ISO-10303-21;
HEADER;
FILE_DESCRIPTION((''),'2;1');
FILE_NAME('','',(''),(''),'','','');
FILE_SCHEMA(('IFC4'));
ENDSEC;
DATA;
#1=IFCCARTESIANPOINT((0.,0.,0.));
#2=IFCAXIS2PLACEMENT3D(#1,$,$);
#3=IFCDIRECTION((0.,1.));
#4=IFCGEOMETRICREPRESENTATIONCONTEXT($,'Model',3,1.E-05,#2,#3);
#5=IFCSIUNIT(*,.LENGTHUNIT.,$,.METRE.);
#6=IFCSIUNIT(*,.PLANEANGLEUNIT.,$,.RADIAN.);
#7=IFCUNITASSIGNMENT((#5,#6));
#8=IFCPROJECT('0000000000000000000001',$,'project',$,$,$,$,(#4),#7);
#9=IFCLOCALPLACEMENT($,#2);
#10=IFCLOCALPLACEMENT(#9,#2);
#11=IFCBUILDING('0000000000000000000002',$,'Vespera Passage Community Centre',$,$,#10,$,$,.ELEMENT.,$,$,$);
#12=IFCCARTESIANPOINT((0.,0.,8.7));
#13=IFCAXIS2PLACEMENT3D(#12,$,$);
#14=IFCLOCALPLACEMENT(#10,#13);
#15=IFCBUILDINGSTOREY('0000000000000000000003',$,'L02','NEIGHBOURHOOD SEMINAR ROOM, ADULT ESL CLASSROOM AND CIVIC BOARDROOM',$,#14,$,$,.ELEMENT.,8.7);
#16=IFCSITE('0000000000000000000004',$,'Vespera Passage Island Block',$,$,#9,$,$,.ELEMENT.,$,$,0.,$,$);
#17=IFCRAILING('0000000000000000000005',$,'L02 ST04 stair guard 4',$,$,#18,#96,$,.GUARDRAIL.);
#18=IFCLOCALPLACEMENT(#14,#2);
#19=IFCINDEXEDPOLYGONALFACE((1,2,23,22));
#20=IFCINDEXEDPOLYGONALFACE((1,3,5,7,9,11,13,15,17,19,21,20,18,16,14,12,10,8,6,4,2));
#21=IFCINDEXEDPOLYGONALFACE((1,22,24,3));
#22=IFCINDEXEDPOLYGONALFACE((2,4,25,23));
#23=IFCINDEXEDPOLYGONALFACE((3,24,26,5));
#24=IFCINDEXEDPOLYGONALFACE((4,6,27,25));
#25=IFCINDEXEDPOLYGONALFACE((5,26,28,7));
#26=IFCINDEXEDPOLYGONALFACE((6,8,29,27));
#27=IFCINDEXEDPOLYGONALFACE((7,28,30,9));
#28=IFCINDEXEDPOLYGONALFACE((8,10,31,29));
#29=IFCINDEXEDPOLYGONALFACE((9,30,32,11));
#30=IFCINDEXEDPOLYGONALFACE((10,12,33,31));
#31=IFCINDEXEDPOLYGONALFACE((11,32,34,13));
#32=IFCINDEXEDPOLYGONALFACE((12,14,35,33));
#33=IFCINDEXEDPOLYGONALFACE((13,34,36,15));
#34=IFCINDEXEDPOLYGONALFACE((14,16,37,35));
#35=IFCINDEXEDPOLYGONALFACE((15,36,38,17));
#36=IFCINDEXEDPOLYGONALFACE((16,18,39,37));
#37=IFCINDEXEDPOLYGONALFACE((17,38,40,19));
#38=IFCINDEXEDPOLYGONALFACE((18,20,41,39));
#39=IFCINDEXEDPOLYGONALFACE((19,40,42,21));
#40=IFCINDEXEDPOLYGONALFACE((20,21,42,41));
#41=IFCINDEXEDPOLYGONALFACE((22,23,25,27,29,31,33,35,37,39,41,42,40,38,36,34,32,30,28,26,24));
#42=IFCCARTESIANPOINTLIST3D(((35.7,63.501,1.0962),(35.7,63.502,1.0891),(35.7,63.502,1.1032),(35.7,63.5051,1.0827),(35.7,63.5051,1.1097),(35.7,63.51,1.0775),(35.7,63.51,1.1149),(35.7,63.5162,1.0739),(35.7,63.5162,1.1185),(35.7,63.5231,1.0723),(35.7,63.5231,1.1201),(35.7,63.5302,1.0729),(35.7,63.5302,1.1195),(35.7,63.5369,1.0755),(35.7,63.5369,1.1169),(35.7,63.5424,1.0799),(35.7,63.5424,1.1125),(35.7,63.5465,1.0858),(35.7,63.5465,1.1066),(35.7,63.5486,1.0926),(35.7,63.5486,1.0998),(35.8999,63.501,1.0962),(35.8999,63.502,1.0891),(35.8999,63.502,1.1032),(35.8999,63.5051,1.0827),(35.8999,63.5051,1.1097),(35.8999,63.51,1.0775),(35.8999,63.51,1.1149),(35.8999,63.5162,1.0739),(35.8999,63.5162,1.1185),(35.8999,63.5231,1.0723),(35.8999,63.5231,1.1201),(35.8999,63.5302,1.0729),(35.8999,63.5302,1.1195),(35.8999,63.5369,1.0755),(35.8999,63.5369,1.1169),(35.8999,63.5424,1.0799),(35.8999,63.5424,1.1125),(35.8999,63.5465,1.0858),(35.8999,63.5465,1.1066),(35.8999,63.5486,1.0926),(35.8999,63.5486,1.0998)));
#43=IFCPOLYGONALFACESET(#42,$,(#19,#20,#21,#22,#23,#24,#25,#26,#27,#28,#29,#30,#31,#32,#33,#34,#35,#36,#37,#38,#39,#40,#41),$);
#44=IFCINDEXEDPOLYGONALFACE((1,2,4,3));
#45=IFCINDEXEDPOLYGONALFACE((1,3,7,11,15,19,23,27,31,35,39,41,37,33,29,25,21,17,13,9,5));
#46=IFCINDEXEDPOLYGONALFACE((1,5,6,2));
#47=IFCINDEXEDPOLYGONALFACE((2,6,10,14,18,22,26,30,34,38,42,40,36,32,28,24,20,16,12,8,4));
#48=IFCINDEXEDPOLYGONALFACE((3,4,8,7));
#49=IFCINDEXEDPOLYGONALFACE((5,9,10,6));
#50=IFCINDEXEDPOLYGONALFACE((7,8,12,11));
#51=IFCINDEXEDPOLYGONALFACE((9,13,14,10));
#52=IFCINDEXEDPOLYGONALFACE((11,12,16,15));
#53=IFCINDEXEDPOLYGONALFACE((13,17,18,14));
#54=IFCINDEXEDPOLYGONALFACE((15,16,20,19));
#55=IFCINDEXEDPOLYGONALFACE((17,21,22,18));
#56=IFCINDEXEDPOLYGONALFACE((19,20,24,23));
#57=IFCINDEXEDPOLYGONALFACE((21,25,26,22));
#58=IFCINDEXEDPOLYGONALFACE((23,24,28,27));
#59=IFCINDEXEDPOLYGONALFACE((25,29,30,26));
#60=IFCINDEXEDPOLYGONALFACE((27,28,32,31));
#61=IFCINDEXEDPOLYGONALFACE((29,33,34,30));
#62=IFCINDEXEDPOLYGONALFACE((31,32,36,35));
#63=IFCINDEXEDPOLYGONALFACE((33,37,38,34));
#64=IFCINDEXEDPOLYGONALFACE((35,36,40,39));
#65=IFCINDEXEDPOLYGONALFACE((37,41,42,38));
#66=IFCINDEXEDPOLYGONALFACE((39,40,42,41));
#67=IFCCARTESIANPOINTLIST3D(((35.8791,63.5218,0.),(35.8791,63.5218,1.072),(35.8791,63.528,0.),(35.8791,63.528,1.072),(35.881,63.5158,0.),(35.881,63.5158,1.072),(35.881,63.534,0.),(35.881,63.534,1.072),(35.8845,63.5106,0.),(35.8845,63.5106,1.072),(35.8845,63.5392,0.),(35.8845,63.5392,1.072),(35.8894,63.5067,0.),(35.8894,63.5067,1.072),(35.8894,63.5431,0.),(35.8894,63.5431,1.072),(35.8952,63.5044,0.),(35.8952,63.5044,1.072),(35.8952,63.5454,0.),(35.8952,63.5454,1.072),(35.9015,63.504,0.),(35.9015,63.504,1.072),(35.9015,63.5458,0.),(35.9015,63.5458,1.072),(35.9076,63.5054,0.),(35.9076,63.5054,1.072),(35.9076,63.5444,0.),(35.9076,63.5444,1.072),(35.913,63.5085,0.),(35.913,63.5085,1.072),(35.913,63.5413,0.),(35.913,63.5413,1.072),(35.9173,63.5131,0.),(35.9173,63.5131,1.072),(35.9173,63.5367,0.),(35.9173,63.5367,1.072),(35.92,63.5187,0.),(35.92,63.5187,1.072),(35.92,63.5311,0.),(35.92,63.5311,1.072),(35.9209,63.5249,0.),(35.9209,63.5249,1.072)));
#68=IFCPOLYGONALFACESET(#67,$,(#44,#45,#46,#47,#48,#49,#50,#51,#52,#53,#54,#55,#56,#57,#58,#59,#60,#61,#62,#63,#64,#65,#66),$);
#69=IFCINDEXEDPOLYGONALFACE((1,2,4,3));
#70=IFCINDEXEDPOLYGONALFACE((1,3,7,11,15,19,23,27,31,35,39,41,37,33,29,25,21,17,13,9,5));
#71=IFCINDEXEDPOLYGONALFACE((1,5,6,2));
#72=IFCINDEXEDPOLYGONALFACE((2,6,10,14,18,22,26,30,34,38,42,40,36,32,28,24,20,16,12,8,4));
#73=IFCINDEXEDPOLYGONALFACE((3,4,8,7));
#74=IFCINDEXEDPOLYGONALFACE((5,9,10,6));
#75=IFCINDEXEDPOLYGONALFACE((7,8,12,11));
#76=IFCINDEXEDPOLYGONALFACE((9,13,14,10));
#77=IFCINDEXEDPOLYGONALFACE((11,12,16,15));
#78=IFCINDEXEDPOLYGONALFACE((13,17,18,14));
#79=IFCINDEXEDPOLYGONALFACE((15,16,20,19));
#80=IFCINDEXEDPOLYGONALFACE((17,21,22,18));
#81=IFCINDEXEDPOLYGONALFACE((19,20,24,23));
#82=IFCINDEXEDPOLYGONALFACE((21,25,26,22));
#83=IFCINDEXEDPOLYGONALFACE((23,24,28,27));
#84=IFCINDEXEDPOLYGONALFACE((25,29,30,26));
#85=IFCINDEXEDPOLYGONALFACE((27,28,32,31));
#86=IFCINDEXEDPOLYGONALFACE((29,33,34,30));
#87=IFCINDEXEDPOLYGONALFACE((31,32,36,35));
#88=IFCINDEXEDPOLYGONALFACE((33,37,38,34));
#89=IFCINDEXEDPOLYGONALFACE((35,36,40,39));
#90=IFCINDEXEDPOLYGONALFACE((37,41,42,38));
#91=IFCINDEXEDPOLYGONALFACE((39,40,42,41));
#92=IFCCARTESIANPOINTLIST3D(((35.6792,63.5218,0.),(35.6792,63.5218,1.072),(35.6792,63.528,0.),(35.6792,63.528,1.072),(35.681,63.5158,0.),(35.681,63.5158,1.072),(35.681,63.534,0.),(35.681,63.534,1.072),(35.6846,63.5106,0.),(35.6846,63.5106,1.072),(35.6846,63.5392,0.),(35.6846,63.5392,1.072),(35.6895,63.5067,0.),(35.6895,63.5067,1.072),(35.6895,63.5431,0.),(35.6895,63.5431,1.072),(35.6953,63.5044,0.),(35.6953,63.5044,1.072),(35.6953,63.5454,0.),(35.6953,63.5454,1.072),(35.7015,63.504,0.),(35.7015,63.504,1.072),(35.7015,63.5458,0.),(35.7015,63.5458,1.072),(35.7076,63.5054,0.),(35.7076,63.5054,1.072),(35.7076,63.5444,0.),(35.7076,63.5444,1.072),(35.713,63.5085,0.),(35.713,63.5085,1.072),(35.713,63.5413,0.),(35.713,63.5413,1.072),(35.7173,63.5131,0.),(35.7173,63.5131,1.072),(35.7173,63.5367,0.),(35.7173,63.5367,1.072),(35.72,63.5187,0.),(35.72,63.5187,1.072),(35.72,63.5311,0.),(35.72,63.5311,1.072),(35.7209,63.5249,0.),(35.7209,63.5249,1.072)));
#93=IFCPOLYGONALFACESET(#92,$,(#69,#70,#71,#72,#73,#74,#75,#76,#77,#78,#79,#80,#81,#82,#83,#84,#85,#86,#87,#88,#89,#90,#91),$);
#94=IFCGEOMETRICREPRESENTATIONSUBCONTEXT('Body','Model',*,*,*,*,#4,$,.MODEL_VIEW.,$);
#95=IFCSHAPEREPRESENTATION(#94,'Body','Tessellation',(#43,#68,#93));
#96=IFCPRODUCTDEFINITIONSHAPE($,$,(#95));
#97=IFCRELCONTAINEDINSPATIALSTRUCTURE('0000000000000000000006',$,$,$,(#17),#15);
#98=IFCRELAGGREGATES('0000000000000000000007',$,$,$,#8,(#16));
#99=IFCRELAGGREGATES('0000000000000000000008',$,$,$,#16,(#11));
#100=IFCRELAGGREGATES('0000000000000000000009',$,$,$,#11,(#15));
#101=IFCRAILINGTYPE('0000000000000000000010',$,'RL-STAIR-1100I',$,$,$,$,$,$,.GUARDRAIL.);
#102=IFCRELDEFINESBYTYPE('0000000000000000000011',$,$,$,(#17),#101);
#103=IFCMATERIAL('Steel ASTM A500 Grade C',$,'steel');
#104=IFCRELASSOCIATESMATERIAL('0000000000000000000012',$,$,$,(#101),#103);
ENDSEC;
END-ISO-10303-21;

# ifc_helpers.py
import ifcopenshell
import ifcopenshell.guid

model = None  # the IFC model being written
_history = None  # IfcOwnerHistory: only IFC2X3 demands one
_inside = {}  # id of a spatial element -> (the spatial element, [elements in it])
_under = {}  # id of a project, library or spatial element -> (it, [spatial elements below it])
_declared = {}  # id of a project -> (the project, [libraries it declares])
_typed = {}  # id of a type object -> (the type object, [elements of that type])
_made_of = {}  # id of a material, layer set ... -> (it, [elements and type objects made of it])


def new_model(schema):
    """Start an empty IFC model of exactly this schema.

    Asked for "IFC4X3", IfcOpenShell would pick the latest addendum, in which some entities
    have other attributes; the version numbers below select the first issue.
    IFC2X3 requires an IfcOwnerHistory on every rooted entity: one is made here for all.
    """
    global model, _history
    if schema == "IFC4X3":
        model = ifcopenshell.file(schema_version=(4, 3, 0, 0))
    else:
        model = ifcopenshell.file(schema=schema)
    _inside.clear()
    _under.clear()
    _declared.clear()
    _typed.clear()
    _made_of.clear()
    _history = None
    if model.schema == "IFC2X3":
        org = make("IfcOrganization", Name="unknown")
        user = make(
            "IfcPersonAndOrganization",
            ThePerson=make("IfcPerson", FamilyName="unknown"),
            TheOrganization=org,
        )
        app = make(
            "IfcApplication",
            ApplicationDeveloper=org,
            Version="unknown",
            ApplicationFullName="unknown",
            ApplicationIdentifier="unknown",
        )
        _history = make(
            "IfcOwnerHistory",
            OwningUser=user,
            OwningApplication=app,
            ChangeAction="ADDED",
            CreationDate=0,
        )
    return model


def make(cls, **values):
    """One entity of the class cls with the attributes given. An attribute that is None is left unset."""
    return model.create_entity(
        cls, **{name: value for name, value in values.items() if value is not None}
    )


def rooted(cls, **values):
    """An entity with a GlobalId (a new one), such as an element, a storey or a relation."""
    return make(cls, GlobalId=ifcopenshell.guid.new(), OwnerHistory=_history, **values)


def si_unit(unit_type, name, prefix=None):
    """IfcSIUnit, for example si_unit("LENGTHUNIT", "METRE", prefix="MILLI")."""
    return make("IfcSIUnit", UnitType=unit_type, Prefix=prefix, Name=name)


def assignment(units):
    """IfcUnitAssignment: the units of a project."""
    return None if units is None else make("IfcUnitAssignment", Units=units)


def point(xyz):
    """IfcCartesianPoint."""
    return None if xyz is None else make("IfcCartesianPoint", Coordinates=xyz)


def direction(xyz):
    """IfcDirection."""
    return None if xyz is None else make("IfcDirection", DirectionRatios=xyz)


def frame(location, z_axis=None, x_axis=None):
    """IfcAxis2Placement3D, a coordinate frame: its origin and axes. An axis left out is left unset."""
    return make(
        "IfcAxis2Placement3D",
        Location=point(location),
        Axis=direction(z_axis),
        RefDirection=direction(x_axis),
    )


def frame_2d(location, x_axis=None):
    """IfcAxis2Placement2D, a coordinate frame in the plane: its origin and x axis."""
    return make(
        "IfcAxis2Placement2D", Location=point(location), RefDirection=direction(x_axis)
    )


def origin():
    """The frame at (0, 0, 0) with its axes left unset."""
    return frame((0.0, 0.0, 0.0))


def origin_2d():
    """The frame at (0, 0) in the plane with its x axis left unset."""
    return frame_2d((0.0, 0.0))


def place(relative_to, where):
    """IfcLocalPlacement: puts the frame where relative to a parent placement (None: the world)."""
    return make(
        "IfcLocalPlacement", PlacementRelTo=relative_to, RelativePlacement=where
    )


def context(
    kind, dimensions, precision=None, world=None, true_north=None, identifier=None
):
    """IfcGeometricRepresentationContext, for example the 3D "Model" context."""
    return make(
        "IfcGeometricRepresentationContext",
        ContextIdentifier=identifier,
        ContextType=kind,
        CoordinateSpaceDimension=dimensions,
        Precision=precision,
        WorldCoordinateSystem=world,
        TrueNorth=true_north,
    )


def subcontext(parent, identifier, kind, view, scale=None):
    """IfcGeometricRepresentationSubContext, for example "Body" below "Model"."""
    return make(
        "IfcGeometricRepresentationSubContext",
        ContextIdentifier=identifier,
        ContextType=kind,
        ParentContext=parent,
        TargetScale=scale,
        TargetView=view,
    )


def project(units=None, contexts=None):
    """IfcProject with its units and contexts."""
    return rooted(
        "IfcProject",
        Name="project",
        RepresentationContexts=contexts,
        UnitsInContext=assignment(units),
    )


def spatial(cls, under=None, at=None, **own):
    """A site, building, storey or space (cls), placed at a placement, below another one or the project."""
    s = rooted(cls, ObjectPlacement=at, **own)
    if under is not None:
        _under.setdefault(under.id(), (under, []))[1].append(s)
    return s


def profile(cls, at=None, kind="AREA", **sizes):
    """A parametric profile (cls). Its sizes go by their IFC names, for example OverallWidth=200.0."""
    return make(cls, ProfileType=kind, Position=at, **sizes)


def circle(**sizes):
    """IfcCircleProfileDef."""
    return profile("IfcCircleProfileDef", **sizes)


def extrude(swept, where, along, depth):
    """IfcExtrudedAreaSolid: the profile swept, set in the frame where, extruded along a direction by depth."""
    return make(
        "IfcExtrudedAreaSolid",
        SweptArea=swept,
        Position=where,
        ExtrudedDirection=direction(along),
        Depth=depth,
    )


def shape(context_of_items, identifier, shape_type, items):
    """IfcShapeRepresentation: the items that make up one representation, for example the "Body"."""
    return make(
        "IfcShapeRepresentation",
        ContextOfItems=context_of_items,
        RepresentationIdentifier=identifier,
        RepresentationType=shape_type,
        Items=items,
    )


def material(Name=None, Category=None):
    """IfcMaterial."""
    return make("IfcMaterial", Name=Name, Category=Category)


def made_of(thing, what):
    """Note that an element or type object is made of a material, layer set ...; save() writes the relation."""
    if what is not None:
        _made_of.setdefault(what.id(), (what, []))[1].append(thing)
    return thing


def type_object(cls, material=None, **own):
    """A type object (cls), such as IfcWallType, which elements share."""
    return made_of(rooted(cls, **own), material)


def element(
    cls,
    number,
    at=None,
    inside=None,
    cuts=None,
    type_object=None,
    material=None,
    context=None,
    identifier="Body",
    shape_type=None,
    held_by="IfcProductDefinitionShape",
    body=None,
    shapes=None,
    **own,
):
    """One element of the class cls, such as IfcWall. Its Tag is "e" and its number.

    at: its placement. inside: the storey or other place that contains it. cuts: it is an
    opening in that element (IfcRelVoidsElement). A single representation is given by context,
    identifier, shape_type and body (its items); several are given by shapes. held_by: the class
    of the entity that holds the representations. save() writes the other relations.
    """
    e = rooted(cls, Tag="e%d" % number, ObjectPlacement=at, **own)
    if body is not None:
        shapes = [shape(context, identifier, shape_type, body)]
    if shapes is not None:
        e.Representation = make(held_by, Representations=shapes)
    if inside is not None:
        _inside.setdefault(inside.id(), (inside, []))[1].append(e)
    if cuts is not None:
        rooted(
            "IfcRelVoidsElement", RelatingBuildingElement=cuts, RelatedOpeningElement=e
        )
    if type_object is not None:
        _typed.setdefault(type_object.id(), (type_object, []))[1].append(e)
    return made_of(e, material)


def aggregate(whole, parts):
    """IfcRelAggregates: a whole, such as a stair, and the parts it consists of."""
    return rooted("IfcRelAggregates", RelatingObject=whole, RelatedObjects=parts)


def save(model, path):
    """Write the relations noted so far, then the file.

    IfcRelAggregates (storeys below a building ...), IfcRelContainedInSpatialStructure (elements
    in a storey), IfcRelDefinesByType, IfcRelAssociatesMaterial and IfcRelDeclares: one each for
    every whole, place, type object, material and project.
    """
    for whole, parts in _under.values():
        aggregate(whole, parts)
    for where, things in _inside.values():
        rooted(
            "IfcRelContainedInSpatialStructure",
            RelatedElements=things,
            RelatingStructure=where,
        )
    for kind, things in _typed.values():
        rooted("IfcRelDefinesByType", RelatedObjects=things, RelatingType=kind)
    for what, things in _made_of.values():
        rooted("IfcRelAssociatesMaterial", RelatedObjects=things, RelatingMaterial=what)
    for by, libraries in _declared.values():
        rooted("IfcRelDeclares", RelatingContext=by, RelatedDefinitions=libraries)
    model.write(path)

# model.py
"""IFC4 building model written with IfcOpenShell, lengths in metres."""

from ifc_helpers import new_model, si_unit, direction, frame, origin, origin_2d, place, context, subcontext, project, spatial, circle, extrude, material, type_object, element, save


model = new_model("IFC4")

# Units and contexts
model_context = context("Model", 3, precision=1e-05, world=origin(), true_north=direction((0.0, 1.0)))
body_context = subcontext(model_context, "Body", "Model", "MODEL_VIEW")
ifc_project = project(units=[si_unit("LENGTHUNIT", "METRE"), si_unit("PLANEANGLEUNIT", "RADIAN")], contexts=[model_context])

# Site, building, storey
site_placement = place(None, origin())
site = spatial("IfcSite", under=ifc_project, at=site_placement, Name="Vespera Passage Island Block", CompositionType="ELEMENT", RefElevation=0.0)
building_placement = place(site_placement, origin())
building = spatial("IfcBuilding", under=site, at=building_placement, Name="Vespera Passage Community Centre", CompositionType="ELEMENT")
storey_placement = place(building_placement, frame((0.0, 0.0, 8.7)))
storey = spatial("IfcBuildingStorey", under=building, at=storey_placement, Name="L02", Description="NEIGHBOURHOOD SEMINAR ROOM, ADULT ESL CLASSROOM AND CIVIC BOARDROOM", CompositionType="ELEMENT", Elevation=8.7)

# Railing
ifc_material_1 = material(Name="Steel ASTM A500 Grade C", Category="steel")
railing_type_1 = type_object("IfcRailingType", Name="RL-STAIR-1100I", PredefinedType="GUARDRAIL", material=ifc_material_1)
railing_1_placement = place(storey_placement, frame((35.8999, 63.5249, 0.0)))
element("IfcRailing", 1, at=railing_1_placement, inside=storey, type_object=railing_type_1, Name="L02 ST04 stair guard 4", PredefinedType="GUARDRAIL", context=body_context, shape_type="SweptSolid", body=[
    extrude(circle(Radius=0.0239, at=origin_2d()), frame((0.0, 0.0, 1.0962), z_axis=(-1.0, 0.0, 0.0), x_axis=(0.0, -1.0, 0.0)), (0.0, 0.0, 1.0), 0.2),
    extrude(circle(Radius=0.021, at=origin_2d()), origin(), (0.0, 0.0, 1.0), 1.072),
    extrude(circle(Radius=0.021, at=origin_2d()), frame((-0.2, 0.0, 0.0)), (0.0, 0.0, 1.0), 1.072),
])

save(model, "model.ifc")
